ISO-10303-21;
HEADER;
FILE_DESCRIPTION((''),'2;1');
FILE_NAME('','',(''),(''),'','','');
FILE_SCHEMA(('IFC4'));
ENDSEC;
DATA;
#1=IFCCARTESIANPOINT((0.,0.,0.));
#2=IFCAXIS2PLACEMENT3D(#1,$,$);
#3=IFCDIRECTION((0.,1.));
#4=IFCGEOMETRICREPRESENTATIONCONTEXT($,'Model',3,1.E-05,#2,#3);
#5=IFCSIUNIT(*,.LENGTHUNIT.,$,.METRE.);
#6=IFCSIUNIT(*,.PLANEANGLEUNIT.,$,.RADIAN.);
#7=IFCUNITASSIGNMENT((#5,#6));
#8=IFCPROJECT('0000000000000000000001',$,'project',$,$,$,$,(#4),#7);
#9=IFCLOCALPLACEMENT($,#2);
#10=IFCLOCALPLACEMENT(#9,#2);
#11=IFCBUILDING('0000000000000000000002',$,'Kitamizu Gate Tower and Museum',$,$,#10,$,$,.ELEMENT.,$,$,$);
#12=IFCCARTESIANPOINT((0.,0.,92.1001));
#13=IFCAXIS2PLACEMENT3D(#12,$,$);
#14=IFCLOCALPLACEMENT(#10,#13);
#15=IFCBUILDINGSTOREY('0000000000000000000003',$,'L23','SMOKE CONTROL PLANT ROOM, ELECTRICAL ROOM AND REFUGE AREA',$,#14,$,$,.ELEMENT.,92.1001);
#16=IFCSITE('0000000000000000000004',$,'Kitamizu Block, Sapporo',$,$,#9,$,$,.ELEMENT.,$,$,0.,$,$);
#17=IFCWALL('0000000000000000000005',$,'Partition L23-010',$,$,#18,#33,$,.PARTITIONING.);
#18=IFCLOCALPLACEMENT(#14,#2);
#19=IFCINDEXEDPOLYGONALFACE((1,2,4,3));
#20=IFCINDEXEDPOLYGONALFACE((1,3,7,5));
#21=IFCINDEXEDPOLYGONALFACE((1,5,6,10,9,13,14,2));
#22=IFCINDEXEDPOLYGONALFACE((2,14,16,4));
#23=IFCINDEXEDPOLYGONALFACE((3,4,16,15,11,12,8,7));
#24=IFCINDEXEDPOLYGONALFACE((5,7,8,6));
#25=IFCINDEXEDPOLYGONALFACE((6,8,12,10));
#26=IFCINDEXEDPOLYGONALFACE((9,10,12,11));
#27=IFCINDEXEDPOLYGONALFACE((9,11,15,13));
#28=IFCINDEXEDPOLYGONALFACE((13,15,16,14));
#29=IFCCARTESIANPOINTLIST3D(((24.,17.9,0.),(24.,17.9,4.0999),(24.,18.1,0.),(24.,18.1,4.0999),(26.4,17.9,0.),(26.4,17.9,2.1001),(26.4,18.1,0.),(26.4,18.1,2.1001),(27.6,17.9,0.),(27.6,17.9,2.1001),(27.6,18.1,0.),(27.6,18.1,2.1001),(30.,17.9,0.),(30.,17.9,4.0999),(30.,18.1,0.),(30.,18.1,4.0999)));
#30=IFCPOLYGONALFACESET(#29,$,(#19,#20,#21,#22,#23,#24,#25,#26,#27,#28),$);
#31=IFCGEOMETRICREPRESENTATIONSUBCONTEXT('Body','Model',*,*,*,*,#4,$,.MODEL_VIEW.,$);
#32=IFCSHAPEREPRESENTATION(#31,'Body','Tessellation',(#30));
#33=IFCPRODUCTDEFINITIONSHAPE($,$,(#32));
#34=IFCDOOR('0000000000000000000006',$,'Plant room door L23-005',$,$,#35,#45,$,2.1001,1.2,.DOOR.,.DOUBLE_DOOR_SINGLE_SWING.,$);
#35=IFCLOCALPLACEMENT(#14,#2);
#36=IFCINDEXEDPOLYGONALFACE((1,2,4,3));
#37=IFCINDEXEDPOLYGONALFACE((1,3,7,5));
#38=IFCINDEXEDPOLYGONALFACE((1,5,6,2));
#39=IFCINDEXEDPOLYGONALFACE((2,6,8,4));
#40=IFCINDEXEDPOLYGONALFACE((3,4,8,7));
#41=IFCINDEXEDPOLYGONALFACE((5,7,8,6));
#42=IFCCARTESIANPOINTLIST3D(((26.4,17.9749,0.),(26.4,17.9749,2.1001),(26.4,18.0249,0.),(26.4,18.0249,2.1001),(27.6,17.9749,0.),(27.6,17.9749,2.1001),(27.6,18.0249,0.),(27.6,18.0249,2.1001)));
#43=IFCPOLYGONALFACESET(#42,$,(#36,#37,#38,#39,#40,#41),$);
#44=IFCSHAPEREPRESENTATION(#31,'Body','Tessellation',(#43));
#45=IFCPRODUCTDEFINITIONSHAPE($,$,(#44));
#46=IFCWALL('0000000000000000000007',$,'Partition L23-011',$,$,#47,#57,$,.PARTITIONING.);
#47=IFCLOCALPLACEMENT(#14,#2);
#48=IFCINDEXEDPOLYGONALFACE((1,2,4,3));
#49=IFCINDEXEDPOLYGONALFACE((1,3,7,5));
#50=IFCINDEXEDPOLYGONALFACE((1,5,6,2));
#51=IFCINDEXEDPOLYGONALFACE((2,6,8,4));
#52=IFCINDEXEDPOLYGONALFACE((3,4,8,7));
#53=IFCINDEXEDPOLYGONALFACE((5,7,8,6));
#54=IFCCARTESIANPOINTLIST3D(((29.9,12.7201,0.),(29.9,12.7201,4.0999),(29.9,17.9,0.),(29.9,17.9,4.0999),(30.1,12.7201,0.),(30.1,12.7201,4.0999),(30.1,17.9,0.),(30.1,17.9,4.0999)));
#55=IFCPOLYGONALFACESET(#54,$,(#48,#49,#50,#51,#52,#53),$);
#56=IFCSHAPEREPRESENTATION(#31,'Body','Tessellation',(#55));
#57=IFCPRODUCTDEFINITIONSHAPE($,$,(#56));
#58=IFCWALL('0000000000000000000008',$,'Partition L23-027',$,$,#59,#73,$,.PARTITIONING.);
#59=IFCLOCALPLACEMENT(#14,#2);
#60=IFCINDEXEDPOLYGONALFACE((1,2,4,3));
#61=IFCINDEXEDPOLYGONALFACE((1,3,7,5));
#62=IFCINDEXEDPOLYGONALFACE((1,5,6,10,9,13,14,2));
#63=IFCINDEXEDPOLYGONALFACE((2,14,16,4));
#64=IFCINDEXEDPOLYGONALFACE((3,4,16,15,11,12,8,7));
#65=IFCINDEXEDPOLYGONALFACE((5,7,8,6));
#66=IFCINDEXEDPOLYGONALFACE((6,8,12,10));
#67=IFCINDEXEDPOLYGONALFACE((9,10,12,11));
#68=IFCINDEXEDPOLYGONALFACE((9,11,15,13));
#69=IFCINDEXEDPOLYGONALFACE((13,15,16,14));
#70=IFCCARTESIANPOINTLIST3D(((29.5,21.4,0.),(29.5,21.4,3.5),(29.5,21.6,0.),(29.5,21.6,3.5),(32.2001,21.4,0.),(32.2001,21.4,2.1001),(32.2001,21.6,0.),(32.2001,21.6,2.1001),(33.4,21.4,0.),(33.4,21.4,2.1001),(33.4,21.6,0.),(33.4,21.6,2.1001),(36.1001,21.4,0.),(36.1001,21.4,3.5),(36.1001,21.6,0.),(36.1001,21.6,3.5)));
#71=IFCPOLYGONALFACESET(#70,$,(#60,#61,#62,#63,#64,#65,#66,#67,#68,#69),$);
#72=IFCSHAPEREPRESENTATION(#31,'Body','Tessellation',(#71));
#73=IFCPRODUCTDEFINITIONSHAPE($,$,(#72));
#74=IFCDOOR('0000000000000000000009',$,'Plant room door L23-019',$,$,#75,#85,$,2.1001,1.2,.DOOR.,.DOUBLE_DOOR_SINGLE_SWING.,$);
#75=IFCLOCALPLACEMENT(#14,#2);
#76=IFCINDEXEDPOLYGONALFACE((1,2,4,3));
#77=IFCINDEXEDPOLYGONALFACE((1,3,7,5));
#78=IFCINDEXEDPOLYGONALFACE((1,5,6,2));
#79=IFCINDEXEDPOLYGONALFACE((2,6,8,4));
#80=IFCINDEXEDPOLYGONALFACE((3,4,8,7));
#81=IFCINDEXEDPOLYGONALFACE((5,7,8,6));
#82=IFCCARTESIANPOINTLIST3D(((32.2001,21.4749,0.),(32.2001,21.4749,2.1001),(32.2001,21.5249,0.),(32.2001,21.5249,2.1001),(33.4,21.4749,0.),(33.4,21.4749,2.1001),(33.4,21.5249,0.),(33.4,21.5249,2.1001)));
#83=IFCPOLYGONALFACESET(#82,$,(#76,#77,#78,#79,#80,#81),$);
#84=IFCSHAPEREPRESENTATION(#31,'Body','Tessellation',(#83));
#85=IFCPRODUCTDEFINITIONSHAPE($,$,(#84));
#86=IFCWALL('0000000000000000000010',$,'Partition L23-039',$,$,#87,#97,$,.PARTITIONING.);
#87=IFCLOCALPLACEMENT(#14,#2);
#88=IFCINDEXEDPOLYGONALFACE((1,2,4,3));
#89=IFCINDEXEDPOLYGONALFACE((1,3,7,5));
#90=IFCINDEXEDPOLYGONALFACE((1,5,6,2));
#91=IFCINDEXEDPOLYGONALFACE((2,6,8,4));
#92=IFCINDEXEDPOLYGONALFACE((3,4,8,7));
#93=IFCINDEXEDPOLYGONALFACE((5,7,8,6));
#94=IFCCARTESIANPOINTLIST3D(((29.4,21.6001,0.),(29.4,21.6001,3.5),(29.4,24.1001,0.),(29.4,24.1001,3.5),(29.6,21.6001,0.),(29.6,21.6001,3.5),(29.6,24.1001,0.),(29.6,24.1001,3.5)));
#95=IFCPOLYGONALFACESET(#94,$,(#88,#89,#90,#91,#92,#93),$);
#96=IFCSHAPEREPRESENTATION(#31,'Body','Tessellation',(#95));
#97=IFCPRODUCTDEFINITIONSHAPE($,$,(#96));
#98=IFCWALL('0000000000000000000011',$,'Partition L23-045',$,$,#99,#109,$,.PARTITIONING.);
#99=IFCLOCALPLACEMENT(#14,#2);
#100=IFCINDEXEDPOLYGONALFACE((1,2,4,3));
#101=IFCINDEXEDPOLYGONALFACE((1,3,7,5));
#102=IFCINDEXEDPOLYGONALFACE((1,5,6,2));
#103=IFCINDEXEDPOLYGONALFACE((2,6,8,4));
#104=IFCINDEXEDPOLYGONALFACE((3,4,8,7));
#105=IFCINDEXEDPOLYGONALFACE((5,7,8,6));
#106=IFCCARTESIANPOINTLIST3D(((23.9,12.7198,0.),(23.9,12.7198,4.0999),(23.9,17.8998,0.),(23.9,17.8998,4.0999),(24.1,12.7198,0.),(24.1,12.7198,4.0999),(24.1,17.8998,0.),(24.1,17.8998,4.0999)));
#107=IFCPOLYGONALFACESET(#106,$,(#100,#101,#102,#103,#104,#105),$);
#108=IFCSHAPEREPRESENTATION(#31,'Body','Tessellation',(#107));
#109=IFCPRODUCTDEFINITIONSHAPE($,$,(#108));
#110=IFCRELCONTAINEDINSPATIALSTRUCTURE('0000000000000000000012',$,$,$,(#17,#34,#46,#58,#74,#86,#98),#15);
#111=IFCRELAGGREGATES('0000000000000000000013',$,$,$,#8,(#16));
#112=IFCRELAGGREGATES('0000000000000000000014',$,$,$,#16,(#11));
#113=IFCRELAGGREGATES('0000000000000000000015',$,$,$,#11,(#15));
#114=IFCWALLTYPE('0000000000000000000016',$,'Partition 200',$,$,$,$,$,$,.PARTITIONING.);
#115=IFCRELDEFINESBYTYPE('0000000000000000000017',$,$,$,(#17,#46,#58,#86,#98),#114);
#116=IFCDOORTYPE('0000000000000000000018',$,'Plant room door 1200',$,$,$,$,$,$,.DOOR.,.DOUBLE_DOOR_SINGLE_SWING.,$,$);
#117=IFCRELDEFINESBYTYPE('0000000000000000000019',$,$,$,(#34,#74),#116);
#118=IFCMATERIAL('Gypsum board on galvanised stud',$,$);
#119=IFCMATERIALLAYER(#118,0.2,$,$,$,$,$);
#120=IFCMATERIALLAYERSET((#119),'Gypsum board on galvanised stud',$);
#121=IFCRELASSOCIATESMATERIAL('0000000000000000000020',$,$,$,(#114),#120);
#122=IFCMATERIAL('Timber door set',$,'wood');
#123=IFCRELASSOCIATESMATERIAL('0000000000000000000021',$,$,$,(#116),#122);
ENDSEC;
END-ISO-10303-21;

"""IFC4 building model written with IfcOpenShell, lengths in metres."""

from ifc_helpers import new_model, si_unit, direction, frame, frame_2d, origin, place, context, subcontext, project, spatial, rectangle, extrude, material, layer, layer_set, type_object, element, fill, save


model = new_model("IFC4")

# Units and contexts
model_context = context("Model", 3, precision=1e-05, world=origin(), true_north=direction((0.0, 1.0)))
body_context = subcontext(model_context, "Body", "Model", "MODEL_VIEW")
ifc_project = project(units=[si_unit("LENGTHUNIT", "METRE"), si_unit("PLANEANGLEUNIT", "RADIAN")], contexts=[model_context])

# Site, building, storey
site_placement = place(None, origin())
site = spatial("IfcSite", under=ifc_project, at=site_placement, Name="Kitamizu Block, Sapporo", CompositionType="ELEMENT", RefElevation=0.0)
building_placement = place(site_placement, origin())
building = spatial("IfcBuilding", under=site, at=building_placement, Name="Kitamizu Gate Tower and Museum", CompositionType="ELEMENT")
storey_placement = place(building_placement, frame((0.0, 0.0, 92.1001)))
storey = spatial("IfcBuildingStorey", under=building, at=storey_placement, Name="L23", Description="SMOKE CONTROL PLANT ROOM, ELECTRICAL ROOM AND REFUGE AREA", CompositionType="ELEMENT", Elevation=92.1001)

# Wall, opening, door
ifc_material_1 = material(Name="Gypsum board on galvanised stud")
ifc_layer_1 = layer(ifc_material_1, 0.2)
ifc_layer_set_1 = layer_set([ifc_layer_1], Name="Gypsum board on galvanised stud")
wall_type_1 = type_object("IfcWallType", Name="Partition 200", PredefinedType="PARTITIONING", material=ifc_layer_set_1)
wall_1_placement = place(storey_placement, frame((24.0, 18.0, 0.0), z_axis=(0.0, 0.0, 1.0), x_axis=(1.0, 0.0, 0.0)))
wall_1 = element("IfcWall", 1, at=wall_1_placement, inside=storey, type_object=wall_type_1, Name="Partition L23-010", PredefinedType="PARTITIONING", context=body_context, shape_type="SweptSolid", body=[
    extrude(rectangle(XDim=6.0, YDim=0.2, at=frame_2d((3.0, 0.0))), origin(), (0.0, 0.0, 1.0), 4.0999),
])
opening_1_placement = place(wall_1_placement, frame((2.3999, 0.0, 0.0)))
opening_1 = element("IfcOpeningElement", 2, at=opening_1_placement, cuts=wall_1, PredefinedType="OPENING", context=body_context, shape_type="SweptSolid", body=[
    extrude(rectangle(XDim=1.2, YDim=2.1001, at=frame_2d((0.6001, 1.05))), frame((0.0, 0.1099, 0.0), z_axis=(0.0, -1.0, 0.0), x_axis=(1.0, 0.0, 0.0)), (0.0, 0.0, 1.0), 0.22),
])
ifc_material_2 = material(Name="Timber door set", Category="wood")
door_type_1 = type_object("IfcDoorType", Name="Plant room door 1200", OperationType="DOUBLE_DOOR_SINGLE_SWING", PredefinedType="DOOR", material=ifc_material_2)
door_1_placement = place(opening_1_placement, origin())
door_1 = element("IfcDoor", 3, at=door_1_placement, inside=storey, type_object=door_type_1, Name="Plant room door L23-005", OperationType="DOUBLE_DOOR_SINGLE_SWING", OverallHeight=2.1001, OverallWidth=1.2, PredefinedType="DOOR", context=body_context, shape_type="SweptSolid", body=[
    extrude(rectangle(XDim=1.2, YDim=2.1001, at=frame_2d((0.6001, 1.05))), frame((0.0, 0.0249, 0.0), z_axis=(0.0, -1.0, 0.0), x_axis=(1.0, 0.0, 0.0)), (0.0, 0.0, 1.0), 0.05),
])
fill(opening_1, door_1)

# Wall
wall_2_placement = place(storey_placement, frame((30.0, 17.8999, 0.0), z_axis=(0.0, 0.0, 1.0), x_axis=(0.0, -1.0, 0.0)))
element("IfcWall", 4, at=wall_2_placement, inside=storey, type_object=wall_type_1, Name="Partition L23-011", PredefinedType="PARTITIONING", context=body_context, shape_type="SweptSolid", body=[
    extrude(rectangle(XDim=5.1799, YDim=0.2, at=frame_2d((2.5898, 0.0))), origin(), (0.0, 0.0, 1.0), 4.0999),
])

# Wall, opening, door
wall_3_placement = place(storey_placement, frame((29.5, 21.5, 0.0), z_axis=(0.0, 0.0, 1.0), x_axis=(1.0, 0.0, 0.0)))
wall_3 = element("IfcWall", 5, at=wall_3_placement, inside=storey, type_object=wall_type_1, Name="Partition L23-027", PredefinedType="PARTITIONING", context=body_context, shape_type="SweptSolid", body=[
    extrude(rectangle(XDim=6.6001, YDim=0.2, at=frame_2d((3.3, 0.0))), origin(), (0.0, 0.0, 1.0), 3.5),
])
opening_2_placement = place(wall_3_placement, frame((2.7, 0.0, 0.0)))
opening_2 = element("IfcOpeningElement", 6, at=opening_2_placement, cuts=wall_3, PredefinedType="OPENING", context=body_context, shape_type="SweptSolid", body=[
    extrude(rectangle(XDim=1.2, YDim=2.1001, at=frame_2d((0.6001, 1.05))), frame((0.0, 0.1099, 0.0), z_axis=(0.0, -1.0, 0.0), x_axis=(1.0, 0.0, 0.0)), (0.0, 0.0, 1.0), 0.22),
])
door_2_placement = place(opening_2_placement, origin())
door_2 = element("IfcDoor", 7, at=door_2_placement, inside=storey, type_object=door_type_1, Name="Plant room door L23-019", OperationType="DOUBLE_DOOR_SINGLE_SWING", OverallHeight=2.1001, OverallWidth=1.2, PredefinedType="DOOR", context=body_context, shape_type="SweptSolid", body=[
    extrude(rectangle(XDim=1.2, YDim=2.1001, at=frame_2d((0.6001, 1.05))), frame((0.0, 0.0249, 0.0), z_axis=(0.0, -1.0, 0.0), x_axis=(1.0, 0.0, 0.0)), (0.0, 0.0, 1.0), 0.05),
])
fill(opening_2, door_2)

# Walls
wall_4_placement = place(storey_placement, frame((29.5, 21.6001, 0.0), z_axis=(0.0, 0.0, 1.0), x_axis=(0.0, 1.0, 0.0)))
element("IfcWall", 8, at=wall_4_placement, inside=storey, type_object=wall_type_1, Name="Partition L23-039", PredefinedType="PARTITIONING", context=body_context, shape_type="SweptSolid", body=[
    extrude(rectangle(XDim=2.5, YDim=0.2, at=frame_2d((1.25, 0.0))), origin(), (0.0, 0.0, 1.0), 3.5),
])
wall_5_placement = place(storey_placement, frame((24.0, 12.72, 0.0), z_axis=(0.0, 0.0, 1.0), x_axis=(0.0, 1.0, 0.0)))
element("IfcWall", 9, at=wall_5_placement, inside=storey, type_object=wall_type_1, Name="Partition L23-045", PredefinedType="PARTITIONING", context=body_context, shape_type="SweptSolid", body=[
    extrude(rectangle(XDim=5.1799, YDim=0.2, at=frame_2d((2.5898, 0.0))), origin(), (0.0, 0.0, 1.0), 4.0999),
])

save(model, "model.ifc")
